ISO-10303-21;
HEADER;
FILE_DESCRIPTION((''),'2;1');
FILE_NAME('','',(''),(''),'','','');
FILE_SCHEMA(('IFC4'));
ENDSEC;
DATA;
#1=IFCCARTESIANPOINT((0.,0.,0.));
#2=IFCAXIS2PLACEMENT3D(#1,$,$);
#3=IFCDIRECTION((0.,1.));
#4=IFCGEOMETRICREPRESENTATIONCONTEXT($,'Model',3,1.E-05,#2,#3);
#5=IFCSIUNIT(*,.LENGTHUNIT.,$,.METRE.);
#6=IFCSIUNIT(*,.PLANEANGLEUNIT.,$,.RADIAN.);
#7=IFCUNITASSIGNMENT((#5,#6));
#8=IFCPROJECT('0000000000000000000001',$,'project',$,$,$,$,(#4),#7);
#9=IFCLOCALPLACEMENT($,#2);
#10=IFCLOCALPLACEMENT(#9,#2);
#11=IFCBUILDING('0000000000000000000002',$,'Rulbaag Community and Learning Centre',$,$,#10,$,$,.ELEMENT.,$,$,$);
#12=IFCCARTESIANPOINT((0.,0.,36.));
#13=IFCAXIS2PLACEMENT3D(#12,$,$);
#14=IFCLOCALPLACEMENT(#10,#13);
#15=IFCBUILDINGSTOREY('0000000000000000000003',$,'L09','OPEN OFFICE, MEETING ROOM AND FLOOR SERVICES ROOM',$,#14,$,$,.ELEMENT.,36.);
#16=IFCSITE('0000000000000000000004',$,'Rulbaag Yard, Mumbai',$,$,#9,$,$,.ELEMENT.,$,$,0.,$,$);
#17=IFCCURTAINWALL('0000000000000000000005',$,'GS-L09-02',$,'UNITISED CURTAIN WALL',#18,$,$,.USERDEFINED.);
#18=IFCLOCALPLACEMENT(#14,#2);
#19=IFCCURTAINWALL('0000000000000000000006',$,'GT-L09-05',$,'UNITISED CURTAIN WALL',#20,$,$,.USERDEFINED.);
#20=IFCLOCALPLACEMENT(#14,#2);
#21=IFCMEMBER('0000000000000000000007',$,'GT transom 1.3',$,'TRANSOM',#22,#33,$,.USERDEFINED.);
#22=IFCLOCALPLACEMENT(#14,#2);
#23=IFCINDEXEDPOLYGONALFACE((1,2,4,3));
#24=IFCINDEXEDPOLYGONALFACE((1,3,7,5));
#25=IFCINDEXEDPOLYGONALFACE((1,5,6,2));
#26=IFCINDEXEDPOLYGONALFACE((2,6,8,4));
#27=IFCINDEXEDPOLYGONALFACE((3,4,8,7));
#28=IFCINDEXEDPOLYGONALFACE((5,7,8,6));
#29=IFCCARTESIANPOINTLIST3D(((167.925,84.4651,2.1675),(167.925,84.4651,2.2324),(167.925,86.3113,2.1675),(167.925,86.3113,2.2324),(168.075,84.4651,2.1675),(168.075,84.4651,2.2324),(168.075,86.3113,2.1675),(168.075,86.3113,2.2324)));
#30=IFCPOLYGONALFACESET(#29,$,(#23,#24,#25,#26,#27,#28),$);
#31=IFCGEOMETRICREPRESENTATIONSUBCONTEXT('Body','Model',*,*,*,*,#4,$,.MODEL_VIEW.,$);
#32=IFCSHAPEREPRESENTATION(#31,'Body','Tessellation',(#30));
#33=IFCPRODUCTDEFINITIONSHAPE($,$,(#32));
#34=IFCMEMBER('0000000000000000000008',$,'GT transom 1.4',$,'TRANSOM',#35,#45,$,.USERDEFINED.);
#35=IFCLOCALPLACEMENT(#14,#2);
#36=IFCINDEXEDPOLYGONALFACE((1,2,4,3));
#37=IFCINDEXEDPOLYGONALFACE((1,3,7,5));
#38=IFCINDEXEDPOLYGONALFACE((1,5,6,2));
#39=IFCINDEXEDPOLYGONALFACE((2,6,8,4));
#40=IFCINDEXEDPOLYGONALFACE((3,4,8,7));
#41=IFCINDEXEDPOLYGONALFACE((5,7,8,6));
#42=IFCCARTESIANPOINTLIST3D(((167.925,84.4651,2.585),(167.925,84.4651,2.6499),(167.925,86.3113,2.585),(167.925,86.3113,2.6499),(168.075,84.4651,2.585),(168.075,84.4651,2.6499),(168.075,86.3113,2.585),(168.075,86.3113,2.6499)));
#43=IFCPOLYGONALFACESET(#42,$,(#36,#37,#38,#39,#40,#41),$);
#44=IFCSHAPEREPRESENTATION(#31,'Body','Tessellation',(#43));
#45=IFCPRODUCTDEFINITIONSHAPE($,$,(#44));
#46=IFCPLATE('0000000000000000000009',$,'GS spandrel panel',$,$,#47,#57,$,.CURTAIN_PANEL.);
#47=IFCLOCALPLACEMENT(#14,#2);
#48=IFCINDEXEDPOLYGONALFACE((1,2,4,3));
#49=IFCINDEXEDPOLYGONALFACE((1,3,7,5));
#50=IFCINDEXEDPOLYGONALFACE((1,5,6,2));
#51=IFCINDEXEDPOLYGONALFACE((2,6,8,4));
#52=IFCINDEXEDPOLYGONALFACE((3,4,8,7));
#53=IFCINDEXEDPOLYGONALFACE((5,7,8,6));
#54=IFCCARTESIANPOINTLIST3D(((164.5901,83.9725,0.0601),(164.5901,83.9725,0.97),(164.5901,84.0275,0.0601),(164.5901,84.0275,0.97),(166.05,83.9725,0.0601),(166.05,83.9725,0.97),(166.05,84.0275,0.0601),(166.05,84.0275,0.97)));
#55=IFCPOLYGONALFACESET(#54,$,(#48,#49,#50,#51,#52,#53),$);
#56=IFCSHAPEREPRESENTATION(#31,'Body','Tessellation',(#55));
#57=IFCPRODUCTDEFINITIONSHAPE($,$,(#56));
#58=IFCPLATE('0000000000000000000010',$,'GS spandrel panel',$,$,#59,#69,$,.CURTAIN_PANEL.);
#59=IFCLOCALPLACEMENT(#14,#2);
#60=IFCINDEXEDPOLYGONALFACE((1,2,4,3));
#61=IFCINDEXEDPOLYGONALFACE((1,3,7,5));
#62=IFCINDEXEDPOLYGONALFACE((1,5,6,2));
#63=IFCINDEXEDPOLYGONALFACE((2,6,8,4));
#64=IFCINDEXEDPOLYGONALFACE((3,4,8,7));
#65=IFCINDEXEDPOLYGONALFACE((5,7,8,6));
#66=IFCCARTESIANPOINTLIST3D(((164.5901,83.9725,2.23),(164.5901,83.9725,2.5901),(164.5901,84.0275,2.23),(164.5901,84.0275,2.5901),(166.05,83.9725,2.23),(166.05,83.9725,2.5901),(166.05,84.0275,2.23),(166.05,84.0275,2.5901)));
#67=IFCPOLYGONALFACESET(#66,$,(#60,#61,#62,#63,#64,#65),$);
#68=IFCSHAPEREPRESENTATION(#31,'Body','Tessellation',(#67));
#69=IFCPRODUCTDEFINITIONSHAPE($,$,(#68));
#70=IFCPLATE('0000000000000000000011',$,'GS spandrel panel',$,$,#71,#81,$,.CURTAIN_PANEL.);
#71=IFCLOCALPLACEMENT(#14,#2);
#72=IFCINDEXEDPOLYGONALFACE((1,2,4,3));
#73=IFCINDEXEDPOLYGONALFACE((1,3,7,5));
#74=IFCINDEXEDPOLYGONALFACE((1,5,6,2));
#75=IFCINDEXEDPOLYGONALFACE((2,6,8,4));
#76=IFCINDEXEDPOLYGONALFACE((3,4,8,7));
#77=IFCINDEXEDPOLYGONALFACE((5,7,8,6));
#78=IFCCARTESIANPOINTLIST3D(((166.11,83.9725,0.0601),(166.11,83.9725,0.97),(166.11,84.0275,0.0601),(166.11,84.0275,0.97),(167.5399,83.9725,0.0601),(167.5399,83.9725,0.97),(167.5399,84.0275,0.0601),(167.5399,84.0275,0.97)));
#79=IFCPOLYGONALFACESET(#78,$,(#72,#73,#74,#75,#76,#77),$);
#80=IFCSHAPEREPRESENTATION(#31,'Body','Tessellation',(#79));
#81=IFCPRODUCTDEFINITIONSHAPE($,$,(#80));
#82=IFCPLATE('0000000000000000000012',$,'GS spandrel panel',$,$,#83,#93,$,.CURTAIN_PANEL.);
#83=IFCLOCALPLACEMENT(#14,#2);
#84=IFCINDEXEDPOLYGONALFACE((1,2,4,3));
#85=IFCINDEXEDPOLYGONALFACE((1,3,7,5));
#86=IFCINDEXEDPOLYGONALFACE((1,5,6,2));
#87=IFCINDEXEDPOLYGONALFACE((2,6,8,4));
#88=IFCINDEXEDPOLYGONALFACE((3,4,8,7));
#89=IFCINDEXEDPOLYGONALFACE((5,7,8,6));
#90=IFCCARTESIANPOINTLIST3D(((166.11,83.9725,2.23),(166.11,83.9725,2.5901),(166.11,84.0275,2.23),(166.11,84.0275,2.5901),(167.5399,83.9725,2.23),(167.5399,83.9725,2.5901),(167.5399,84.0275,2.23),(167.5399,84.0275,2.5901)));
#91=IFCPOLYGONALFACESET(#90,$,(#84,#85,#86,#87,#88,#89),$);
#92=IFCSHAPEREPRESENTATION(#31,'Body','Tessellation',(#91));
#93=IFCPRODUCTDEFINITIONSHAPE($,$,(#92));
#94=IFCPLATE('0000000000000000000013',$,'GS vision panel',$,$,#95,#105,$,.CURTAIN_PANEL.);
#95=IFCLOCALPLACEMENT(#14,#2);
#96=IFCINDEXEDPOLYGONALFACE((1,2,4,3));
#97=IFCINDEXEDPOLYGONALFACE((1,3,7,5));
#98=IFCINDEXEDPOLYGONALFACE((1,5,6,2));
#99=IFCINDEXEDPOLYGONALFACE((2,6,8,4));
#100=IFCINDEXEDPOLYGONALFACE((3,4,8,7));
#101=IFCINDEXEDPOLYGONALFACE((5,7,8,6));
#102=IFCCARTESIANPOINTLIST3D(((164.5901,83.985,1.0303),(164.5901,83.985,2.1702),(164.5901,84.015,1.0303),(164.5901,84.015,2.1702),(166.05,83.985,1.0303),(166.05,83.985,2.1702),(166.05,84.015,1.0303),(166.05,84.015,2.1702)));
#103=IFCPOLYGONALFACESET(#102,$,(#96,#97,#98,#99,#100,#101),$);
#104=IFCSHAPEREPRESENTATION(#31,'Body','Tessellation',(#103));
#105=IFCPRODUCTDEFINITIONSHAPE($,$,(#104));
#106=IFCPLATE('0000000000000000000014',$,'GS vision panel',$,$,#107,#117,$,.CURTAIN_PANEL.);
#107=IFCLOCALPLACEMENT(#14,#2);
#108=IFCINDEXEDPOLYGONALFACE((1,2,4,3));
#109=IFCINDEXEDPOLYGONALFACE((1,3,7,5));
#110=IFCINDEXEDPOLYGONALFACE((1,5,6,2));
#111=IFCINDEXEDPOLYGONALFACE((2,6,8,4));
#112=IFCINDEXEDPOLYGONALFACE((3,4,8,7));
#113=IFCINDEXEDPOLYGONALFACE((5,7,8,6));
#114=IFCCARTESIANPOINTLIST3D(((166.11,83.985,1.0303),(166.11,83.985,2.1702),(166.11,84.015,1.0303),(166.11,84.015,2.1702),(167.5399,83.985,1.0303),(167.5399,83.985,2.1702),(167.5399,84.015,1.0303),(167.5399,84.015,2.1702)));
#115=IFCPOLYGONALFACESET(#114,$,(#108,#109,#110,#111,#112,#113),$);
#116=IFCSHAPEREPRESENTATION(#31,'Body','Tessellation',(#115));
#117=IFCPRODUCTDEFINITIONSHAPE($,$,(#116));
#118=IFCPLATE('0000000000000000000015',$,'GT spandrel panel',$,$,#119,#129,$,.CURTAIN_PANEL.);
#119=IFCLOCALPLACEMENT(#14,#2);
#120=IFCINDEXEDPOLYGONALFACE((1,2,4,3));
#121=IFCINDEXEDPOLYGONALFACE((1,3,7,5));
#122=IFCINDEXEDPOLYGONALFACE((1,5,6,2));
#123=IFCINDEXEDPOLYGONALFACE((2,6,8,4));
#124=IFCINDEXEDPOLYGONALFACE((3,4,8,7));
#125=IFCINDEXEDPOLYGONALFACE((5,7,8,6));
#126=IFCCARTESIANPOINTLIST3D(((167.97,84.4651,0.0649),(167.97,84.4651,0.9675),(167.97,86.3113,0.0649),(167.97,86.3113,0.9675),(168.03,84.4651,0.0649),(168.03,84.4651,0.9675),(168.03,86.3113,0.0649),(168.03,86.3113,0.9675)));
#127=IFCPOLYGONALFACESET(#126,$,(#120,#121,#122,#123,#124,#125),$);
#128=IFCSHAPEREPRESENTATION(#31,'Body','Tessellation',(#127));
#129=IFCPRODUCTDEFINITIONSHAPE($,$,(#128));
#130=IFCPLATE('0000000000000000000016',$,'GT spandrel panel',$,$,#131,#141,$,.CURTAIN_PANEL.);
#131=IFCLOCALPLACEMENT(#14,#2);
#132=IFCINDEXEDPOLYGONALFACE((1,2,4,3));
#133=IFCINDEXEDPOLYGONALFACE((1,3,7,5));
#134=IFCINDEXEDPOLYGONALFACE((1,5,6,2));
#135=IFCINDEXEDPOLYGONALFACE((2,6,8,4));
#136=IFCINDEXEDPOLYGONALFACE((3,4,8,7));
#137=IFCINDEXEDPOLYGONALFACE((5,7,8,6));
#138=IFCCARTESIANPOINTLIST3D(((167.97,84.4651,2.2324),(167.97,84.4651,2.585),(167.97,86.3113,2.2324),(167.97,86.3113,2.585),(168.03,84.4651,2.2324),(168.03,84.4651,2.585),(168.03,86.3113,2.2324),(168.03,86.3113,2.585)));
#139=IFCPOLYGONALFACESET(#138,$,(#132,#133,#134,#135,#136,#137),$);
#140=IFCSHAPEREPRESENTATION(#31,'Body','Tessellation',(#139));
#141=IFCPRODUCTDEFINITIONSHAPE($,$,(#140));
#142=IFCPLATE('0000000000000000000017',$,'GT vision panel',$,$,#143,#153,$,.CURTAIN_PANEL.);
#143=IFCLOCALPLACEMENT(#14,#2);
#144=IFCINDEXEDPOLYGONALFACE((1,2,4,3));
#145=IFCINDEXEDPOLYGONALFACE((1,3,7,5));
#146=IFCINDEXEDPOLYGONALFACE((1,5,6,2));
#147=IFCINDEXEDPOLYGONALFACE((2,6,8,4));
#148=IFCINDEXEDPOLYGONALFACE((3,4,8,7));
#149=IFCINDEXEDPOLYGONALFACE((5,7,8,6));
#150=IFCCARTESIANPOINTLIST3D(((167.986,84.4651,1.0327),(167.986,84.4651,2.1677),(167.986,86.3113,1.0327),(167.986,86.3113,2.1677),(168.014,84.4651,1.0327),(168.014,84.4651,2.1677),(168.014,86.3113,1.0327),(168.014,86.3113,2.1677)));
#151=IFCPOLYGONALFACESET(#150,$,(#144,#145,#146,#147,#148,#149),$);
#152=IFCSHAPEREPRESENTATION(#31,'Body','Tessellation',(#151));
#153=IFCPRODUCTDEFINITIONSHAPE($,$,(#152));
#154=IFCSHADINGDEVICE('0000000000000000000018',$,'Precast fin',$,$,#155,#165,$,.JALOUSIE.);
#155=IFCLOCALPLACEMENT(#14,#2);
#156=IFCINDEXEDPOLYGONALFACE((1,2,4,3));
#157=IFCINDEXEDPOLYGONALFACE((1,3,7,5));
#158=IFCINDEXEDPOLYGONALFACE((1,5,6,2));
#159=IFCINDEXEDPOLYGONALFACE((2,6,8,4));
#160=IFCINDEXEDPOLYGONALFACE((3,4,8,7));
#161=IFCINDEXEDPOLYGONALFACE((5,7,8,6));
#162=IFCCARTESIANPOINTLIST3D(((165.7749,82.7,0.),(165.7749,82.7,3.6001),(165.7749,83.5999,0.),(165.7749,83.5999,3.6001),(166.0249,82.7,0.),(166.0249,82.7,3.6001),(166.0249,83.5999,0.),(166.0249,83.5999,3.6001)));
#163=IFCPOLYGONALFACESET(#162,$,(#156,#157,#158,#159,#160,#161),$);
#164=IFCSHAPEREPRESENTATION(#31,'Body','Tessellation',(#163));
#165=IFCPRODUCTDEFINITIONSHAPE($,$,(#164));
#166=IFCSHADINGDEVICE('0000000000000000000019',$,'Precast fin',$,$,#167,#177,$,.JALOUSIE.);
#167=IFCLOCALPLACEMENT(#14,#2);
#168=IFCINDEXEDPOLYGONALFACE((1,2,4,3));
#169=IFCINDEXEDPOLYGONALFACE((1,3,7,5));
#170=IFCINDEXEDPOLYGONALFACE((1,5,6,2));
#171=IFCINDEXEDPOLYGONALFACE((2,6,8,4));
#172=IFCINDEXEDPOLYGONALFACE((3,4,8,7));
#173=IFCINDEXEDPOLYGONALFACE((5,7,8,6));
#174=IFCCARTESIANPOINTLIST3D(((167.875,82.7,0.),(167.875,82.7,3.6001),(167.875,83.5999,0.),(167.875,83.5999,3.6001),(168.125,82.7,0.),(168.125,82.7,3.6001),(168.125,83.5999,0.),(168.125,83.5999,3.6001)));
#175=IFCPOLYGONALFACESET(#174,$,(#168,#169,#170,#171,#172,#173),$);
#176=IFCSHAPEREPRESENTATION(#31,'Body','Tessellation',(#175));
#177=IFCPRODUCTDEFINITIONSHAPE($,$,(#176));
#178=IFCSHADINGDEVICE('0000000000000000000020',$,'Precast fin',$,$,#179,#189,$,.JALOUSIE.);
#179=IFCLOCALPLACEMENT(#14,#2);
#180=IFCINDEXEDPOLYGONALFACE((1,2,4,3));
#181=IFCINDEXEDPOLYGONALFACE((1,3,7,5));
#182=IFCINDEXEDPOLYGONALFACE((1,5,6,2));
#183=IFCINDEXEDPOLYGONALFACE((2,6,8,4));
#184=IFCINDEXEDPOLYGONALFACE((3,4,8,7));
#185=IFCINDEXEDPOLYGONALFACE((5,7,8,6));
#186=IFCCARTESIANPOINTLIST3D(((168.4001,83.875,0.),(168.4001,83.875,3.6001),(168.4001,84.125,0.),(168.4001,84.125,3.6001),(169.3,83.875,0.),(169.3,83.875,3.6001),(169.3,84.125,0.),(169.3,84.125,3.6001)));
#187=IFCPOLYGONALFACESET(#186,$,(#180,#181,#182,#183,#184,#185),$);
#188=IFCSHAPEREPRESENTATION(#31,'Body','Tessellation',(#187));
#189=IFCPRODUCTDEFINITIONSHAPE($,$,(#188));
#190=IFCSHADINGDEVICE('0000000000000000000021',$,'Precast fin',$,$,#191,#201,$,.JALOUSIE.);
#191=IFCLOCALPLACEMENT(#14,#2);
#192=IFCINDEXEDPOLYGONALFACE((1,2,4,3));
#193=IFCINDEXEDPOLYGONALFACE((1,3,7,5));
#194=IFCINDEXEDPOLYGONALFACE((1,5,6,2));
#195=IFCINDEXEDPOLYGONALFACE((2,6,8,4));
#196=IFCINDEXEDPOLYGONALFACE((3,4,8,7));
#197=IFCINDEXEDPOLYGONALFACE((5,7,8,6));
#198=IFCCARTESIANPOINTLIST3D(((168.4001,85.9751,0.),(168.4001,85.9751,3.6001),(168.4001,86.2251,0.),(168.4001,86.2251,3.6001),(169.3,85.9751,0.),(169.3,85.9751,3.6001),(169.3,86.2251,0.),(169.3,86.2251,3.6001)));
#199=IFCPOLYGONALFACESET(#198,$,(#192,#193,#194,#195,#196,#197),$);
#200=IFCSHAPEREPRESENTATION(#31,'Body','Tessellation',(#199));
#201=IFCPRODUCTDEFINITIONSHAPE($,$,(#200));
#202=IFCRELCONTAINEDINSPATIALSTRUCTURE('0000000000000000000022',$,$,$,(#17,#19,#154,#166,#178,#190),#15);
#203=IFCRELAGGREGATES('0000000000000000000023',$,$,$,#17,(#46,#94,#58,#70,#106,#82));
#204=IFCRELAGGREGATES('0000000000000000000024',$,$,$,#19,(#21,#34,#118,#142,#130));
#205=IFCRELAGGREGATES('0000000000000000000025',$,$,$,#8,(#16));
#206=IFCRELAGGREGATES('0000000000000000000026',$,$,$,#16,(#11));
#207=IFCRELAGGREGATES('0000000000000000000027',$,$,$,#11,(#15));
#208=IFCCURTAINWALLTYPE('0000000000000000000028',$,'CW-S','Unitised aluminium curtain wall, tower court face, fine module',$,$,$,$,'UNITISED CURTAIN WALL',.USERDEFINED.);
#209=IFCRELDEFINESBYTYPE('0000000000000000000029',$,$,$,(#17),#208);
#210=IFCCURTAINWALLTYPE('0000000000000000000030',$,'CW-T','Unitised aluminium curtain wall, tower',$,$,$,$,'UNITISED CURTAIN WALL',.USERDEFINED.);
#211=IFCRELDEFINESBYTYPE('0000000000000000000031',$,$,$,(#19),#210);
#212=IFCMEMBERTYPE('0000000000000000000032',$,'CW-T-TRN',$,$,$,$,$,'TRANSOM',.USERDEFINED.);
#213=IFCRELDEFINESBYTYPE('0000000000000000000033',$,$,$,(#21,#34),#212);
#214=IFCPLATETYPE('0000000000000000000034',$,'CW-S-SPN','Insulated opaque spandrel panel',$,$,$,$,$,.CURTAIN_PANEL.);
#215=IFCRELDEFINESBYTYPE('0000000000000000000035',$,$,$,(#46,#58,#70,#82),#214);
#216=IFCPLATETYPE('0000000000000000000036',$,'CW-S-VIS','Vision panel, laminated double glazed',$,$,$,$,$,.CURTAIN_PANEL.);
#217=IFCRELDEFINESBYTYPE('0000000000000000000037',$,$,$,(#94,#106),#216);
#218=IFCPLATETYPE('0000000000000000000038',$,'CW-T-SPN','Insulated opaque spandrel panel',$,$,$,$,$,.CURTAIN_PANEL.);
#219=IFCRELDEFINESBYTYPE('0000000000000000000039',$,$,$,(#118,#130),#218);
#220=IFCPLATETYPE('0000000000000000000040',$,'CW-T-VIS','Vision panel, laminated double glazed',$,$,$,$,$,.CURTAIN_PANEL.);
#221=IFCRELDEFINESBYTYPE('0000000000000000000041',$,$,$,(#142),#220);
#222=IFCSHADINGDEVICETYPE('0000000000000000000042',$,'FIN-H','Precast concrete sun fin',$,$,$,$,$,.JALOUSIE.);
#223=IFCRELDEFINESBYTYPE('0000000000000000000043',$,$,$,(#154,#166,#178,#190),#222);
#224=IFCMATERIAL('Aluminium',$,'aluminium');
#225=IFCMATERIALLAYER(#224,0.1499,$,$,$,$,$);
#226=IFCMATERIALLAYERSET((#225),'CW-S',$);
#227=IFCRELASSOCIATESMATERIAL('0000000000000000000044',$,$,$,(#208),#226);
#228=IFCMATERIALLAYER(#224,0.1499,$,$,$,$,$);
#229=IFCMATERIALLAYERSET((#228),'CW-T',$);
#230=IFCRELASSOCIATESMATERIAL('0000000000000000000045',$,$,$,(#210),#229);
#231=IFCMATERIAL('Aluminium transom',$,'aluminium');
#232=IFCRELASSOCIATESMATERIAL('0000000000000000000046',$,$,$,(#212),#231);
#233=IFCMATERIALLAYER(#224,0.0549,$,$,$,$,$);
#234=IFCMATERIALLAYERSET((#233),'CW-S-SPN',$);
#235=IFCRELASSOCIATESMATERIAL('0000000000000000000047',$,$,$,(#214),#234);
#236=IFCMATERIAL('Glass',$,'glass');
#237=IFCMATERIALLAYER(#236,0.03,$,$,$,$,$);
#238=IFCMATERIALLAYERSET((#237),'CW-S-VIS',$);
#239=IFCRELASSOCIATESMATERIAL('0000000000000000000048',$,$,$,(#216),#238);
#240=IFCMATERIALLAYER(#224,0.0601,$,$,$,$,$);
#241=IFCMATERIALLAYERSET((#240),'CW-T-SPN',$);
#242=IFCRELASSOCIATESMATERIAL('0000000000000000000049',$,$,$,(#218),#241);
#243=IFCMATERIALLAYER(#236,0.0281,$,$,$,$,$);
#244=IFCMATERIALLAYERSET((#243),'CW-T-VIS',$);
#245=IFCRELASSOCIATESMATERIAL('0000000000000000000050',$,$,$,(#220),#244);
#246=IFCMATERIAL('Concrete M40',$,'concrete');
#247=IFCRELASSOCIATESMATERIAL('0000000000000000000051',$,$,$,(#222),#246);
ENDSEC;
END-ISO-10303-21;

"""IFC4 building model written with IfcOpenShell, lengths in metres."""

from ifc_helpers import new_model, si_unit, direction, frame, origin, origin_2d, place, context, subcontext, project, spatial, rectangle, extrude, material, layer, layer_set, material_profile, profile_set, type_object, element, aggregate, save


model = new_model("IFC4")

# Units and contexts
model_context = context("Model", 3, precision=1e-05, world=origin(), true_north=direction((0.0, 1.0)))
body_context = subcontext(model_context, "Body", "Model", "MODEL_VIEW")
ifc_project = project(units=[si_unit("LENGTHUNIT", "METRE"), si_unit("PLANEANGLEUNIT", "RADIAN")], contexts=[model_context])

# Site, building, storey
site_placement = place(None, origin())
site = spatial("IfcSite", under=ifc_project, at=site_placement, Name="Rulbaag Yard, Mumbai", CompositionType="ELEMENT", RefElevation=0.0)
building_placement = place(site_placement, origin())
building = spatial("IfcBuilding", under=site, at=building_placement, Name="Rulbaag Community and Learning Centre", CompositionType="ELEMENT")
storey_placement = place(building_placement, frame((0.0, 0.0, 36.0)))
storey = spatial("IfcBuildingStorey", under=building, at=storey_placement, Name="L09", Description="OPEN OFFICE, MEETING ROOM AND FLOOR SERVICES ROOM", CompositionType="ELEMENT", Elevation=36.0)

# Shared definitions
ifc_material_1 = material(Name="Concrete M40", Category="concrete")

# Curtain walls, members
ifc_material_2 = material(Name="Aluminium", Category="aluminium")
ifc_layer_1 = layer(ifc_material_2, 0.1499)
ifc_layer_set_1 = layer_set([ifc_layer_1], Name="CW-S")
curtain_wall_type_1 = type_object("IfcCurtainWallType", Name="CW-S", Description="Unitised aluminium curtain wall, tower court face, fine module", ElementType="UNITISED CURTAIN WALL", PredefinedType="USERDEFINED", material=ifc_layer_set_1)
curtain_wall_1_placement = place(storey_placement, origin())
curtain_wall_1 = element("IfcCurtainWall", 1, at=curtain_wall_1_placement, inside=storey, type_object=curtain_wall_type_1, Name="GS-L09-02", ObjectType="UNITISED CURTAIN WALL", PredefinedType="USERDEFINED")
ifc_material_3 = material(Name="Aluminium transom", Category="aluminium")
ifc_layer_2 = layer(ifc_material_2, 0.1499)
ifc_layer_set_2 = layer_set([ifc_layer_2], Name="CW-T")
curtain_wall_type_2 = type_object("IfcCurtainWallType", Name="CW-T", Description="Unitised aluminium curtain wall, tower", ElementType="UNITISED CURTAIN WALL", PredefinedType="USERDEFINED", material=ifc_layer_set_2)
curtain_wall_2_placement = place(storey_placement, origin())
curtain_wall_2 = element("IfcCurtainWall", 2, at=curtain_wall_2_placement, inside=storey, type_object=curtain_wall_type_2, Name="GT-L09-05", ObjectType="UNITISED CURTAIN WALL", PredefinedType="USERDEFINED")
ifc_material_profile_1 = material_profile(ifc_material_3, rectangle(XDim=0.1499, YDim=0.0649, at=origin_2d()), Name="AL 65x150 T")
ifc_profile_set_1 = profile_set([ifc_material_profile_1], Name="Aluminium transom")
member_type_1 = type_object("IfcMemberType", Name="CW-T-TRN", ElementType="TRANSOM", PredefinedType="USERDEFINED", material=ifc_profile_set_1)
member_1_placement = place(storey_placement, frame((168.0, 84.4651, 2.2), z_axis=(0.0, 1.0, 0.0), x_axis=(-1.0, 0.0, 0.0)))
member_1 = element("IfcMember", 3, at=member_1_placement, type_object=member_type_1, Name="GT transom 1.3", ObjectType="TRANSOM", PredefinedType="USERDEFINED", context=body_context, shape_type="SweptSolid", body=[
    extrude(rectangle(XDim=0.1499, YDim=0.0649, at=origin_2d()), origin(), (0.0, 0.0, 1.0), 1.8462),
])
member_2_placement = place(storey_placement, frame((168.0, 84.4651, 2.6174), z_axis=(0.0, 1.0, 0.0), x_axis=(-1.0, 0.0, 0.0)))
member_2 = element("IfcMember", 4, at=member_2_placement, type_object=member_type_1, Name="GT transom 1.4", ObjectType="TRANSOM", PredefinedType="USERDEFINED", context=body_context, shape_type="SweptSolid", body=[
    extrude(rectangle(XDim=0.1499, YDim=0.0649, at=origin_2d()), origin(), (0.0, 0.0, 1.0), 1.8462),
])

# Plates
ifc_layer_3 = layer(ifc_material_2, 0.0549)
ifc_layer_set_3 = layer_set([ifc_layer_3], Name="CW-S-SPN")
plate_type_1 = type_object("IfcPlateType", Name="CW-S-SPN", Description="Insulated opaque spandrel panel", PredefinedType="CURTAIN_PANEL", material=ifc_layer_set_3)
plate_1_placement = place(storey_placement, frame((165.3201, 84.0, 0.0601), z_axis=(0.0, 0.0, 1.0), x_axis=(1.0, 0.0, 0.0)))
plate_1 = element("IfcPlate", 5, at=plate_1_placement, type_object=plate_type_1, Name="GS spandrel panel", PredefinedType="CURTAIN_PANEL", context=body_context, shape_type="SweptSolid", body=[
    extrude(rectangle(XDim=1.46, YDim=0.0549, at=origin_2d()), origin(), (0.0, 0.0, 1.0), 0.9099),
])
plate_2_placement = place(storey_placement, frame((165.3201, 84.0, 2.23), z_axis=(0.0, 0.0, 1.0), x_axis=(1.0, 0.0, 0.0)))
plate_2 = element("IfcPlate", 6, at=plate_2_placement, type_object=plate_type_1, Name="GS spandrel panel", PredefinedType="CURTAIN_PANEL", context=body_context, shape_type="SweptSolid", body=[
    extrude(rectangle(XDim=1.46, YDim=0.0549, at=origin_2d()), origin(), (0.0, 0.0, 1.0), 0.3601),
])
plate_3_placement = place(storey_placement, frame((166.825, 84.0, 0.0601), z_axis=(0.0, 0.0, 1.0), x_axis=(1.0, 0.0, 0.0)))
plate_3 = element("IfcPlate", 7, at=plate_3_placement, type_object=plate_type_1, Name="GS spandrel panel", PredefinedType="CURTAIN_PANEL", context=body_context, shape_type="SweptSolid", body=[
    extrude(rectangle(XDim=1.4299, YDim=0.0549, at=origin_2d()), origin(), (0.0, 0.0, 1.0), 0.9099),
])
plate_4_placement = place(storey_placement, frame((166.825, 84.0, 2.23), z_axis=(0.0, 0.0, 1.0), x_axis=(1.0, 0.0, 0.0)))
plate_4 = element("IfcPlate", 8, at=plate_4_placement, type_object=plate_type_1, Name="GS spandrel panel", PredefinedType="CURTAIN_PANEL", context=body_context, shape_type="SweptSolid", body=[
    extrude(rectangle(XDim=1.4299, YDim=0.0549, at=origin_2d()), origin(), (0.0, 0.0, 1.0), 0.3601),
])
ifc_material_4 = material(Name="Glass", Category="glass")
ifc_layer_4 = layer(ifc_material_4, 0.03)
ifc_layer_set_4 = layer_set([ifc_layer_4], Name="CW-S-VIS")
plate_type_2 = type_object("IfcPlateType", Name="CW-S-VIS", Description="Vision panel, laminated double glazed", PredefinedType="CURTAIN_PANEL", material=ifc_layer_set_4)
plate_5_placement = place(storey_placement, frame((165.3201, 84.0, 1.0303), z_axis=(0.0, 0.0, 1.0), x_axis=(1.0, 0.0, 0.0)))
plate_5 = element("IfcPlate", 9, at=plate_5_placement, type_object=plate_type_2, Name="GS vision panel", PredefinedType="CURTAIN_PANEL", context=body_context, shape_type="SweptSolid", body=[
    extrude(rectangle(XDim=1.46, YDim=0.03, at=origin_2d()), origin(), (0.0, 0.0, 1.0), 1.1399),
])
plate_6_placement = place(storey_placement, frame((166.825, 84.0, 1.0303), z_axis=(0.0, 0.0, 1.0), x_axis=(1.0, 0.0, 0.0)))
plate_6 = element("IfcPlate", 10, at=plate_6_placement, type_object=plate_type_2, Name="GS vision panel", PredefinedType="CURTAIN_PANEL", context=body_context, shape_type="SweptSolid", body=[
    extrude(rectangle(XDim=1.4299, YDim=0.03, at=origin_2d()), origin(), (0.0, 0.0, 1.0), 1.1399),
])
aggregate(curtain_wall_1, [plate_1, plate_5, plate_2, plate_3, plate_6, plate_4])
ifc_layer_5 = layer(ifc_material_2, 0.0601)
ifc_layer_set_5 = layer_set([ifc_layer_5], Name="CW-T-SPN")
plate_type_3 = type_object("IfcPlateType", Name="CW-T-SPN", Description="Insulated opaque spandrel panel", PredefinedType="CURTAIN_PANEL", material=ifc_layer_set_5)
plate_7_placement = place(storey_placement, frame((168.0, 85.3882, 0.0649), z_axis=(0.0, 0.0, 1.0), x_axis=(0.0, 1.0, 0.0)))
plate_7 = element("IfcPlate", 11, at=plate_7_placement, type_object=plate_type_3, Name="GT spandrel panel", PredefinedType="CURTAIN_PANEL", context=body_context, shape_type="SweptSolid", body=[
    extrude(rectangle(XDim=1.8462, YDim=0.0601, at=origin_2d()), origin(), (0.0, 0.0, 1.0), 0.9026),
])
plate_8_placement = place(storey_placement, frame((168.0, 85.3882, 2.2324), z_axis=(0.0, 0.0, 1.0), x_axis=(0.0, 1.0, 0.0)))
plate_8 = element("IfcPlate", 12, at=plate_8_placement, type_object=plate_type_3, Name="GT spandrel panel", PredefinedType="CURTAIN_PANEL", context=body_context, shape_type="SweptSolid", body=[
    extrude(rectangle(XDim=1.8462, YDim=0.0601, at=origin_2d()), origin(), (0.0, 0.0, 1.0), 0.3525),
])
ifc_layer_6 = layer(ifc_material_4, 0.0281)
ifc_layer_set_6 = layer_set([ifc_layer_6], Name="CW-T-VIS")
plate_type_4 = type_object("IfcPlateType", Name="CW-T-VIS", Description="Vision panel, laminated double glazed", PredefinedType="CURTAIN_PANEL", material=ifc_layer_set_6)
plate_9_placement = place(storey_placement, frame((168.0, 85.3882, 1.0327), z_axis=(0.0, 0.0, 1.0), x_axis=(0.0, 1.0, 0.0)))
plate_9 = element("IfcPlate", 13, at=plate_9_placement, type_object=plate_type_4, Name="GT vision panel", PredefinedType="CURTAIN_PANEL", context=body_context, shape_type="SweptSolid", body=[
    extrude(rectangle(XDim=1.8462, YDim=0.0281, at=origin_2d()), origin(), (0.0, 0.0, 1.0), 1.135),
])
aggregate(curtain_wall_2, [member_1, member_2, plate_7, plate_9, plate_8])

# Shading devices
ifc_material_profile_2 = material_profile(ifc_material_1, rectangle(XDim=0.25, YDim=0.8999, at=origin_2d()), Name="PC 250x900")
ifc_profile_set_2 = profile_set([ifc_material_profile_2], Name="Concrete M40")
shading_device_type = type_object("IfcShadingDeviceType", Name="FIN-H", Description="Precast concrete sun fin", PredefinedType="JALOUSIE", material=ifc_profile_set_2)
for number, where, z_axis, x_axis, name in (
    (14, (165.8999, 83.1499, 0.0), (0.0, 0.0, 1.0), (1.0, 0.0, 0.0), "Precast fin"),
    (15, (168.0, 83.1499, 0.0), (0.0, 0.0, 1.0), (1.0, 0.0, 0.0), "Precast fin"),
    (16, (168.8501, 84.0, 0.0), (0.0, 0.0, 1.0), (0.0, 1.0, 0.0), "Precast fin"),
    (17, (168.8501, 86.1001, 0.0), (0.0, 0.0, 1.0), (0.0, 1.0, 0.0), "Precast fin"),
):
    element("IfcShadingDevice", number, at=place(storey_placement, frame(where, z_axis=z_axis, x_axis=x_axis)), inside=storey, type_object=shading_device_type, Name=name, PredefinedType="JALOUSIE", context=body_context, shape_type="SweptSolid", body=[
        extrude(rectangle(XDim=0.25, YDim=0.8999, at=origin_2d()), origin(), (0.0, 0.0, 1.0), 3.6001),
    ])

save(model, "model.ifc")
